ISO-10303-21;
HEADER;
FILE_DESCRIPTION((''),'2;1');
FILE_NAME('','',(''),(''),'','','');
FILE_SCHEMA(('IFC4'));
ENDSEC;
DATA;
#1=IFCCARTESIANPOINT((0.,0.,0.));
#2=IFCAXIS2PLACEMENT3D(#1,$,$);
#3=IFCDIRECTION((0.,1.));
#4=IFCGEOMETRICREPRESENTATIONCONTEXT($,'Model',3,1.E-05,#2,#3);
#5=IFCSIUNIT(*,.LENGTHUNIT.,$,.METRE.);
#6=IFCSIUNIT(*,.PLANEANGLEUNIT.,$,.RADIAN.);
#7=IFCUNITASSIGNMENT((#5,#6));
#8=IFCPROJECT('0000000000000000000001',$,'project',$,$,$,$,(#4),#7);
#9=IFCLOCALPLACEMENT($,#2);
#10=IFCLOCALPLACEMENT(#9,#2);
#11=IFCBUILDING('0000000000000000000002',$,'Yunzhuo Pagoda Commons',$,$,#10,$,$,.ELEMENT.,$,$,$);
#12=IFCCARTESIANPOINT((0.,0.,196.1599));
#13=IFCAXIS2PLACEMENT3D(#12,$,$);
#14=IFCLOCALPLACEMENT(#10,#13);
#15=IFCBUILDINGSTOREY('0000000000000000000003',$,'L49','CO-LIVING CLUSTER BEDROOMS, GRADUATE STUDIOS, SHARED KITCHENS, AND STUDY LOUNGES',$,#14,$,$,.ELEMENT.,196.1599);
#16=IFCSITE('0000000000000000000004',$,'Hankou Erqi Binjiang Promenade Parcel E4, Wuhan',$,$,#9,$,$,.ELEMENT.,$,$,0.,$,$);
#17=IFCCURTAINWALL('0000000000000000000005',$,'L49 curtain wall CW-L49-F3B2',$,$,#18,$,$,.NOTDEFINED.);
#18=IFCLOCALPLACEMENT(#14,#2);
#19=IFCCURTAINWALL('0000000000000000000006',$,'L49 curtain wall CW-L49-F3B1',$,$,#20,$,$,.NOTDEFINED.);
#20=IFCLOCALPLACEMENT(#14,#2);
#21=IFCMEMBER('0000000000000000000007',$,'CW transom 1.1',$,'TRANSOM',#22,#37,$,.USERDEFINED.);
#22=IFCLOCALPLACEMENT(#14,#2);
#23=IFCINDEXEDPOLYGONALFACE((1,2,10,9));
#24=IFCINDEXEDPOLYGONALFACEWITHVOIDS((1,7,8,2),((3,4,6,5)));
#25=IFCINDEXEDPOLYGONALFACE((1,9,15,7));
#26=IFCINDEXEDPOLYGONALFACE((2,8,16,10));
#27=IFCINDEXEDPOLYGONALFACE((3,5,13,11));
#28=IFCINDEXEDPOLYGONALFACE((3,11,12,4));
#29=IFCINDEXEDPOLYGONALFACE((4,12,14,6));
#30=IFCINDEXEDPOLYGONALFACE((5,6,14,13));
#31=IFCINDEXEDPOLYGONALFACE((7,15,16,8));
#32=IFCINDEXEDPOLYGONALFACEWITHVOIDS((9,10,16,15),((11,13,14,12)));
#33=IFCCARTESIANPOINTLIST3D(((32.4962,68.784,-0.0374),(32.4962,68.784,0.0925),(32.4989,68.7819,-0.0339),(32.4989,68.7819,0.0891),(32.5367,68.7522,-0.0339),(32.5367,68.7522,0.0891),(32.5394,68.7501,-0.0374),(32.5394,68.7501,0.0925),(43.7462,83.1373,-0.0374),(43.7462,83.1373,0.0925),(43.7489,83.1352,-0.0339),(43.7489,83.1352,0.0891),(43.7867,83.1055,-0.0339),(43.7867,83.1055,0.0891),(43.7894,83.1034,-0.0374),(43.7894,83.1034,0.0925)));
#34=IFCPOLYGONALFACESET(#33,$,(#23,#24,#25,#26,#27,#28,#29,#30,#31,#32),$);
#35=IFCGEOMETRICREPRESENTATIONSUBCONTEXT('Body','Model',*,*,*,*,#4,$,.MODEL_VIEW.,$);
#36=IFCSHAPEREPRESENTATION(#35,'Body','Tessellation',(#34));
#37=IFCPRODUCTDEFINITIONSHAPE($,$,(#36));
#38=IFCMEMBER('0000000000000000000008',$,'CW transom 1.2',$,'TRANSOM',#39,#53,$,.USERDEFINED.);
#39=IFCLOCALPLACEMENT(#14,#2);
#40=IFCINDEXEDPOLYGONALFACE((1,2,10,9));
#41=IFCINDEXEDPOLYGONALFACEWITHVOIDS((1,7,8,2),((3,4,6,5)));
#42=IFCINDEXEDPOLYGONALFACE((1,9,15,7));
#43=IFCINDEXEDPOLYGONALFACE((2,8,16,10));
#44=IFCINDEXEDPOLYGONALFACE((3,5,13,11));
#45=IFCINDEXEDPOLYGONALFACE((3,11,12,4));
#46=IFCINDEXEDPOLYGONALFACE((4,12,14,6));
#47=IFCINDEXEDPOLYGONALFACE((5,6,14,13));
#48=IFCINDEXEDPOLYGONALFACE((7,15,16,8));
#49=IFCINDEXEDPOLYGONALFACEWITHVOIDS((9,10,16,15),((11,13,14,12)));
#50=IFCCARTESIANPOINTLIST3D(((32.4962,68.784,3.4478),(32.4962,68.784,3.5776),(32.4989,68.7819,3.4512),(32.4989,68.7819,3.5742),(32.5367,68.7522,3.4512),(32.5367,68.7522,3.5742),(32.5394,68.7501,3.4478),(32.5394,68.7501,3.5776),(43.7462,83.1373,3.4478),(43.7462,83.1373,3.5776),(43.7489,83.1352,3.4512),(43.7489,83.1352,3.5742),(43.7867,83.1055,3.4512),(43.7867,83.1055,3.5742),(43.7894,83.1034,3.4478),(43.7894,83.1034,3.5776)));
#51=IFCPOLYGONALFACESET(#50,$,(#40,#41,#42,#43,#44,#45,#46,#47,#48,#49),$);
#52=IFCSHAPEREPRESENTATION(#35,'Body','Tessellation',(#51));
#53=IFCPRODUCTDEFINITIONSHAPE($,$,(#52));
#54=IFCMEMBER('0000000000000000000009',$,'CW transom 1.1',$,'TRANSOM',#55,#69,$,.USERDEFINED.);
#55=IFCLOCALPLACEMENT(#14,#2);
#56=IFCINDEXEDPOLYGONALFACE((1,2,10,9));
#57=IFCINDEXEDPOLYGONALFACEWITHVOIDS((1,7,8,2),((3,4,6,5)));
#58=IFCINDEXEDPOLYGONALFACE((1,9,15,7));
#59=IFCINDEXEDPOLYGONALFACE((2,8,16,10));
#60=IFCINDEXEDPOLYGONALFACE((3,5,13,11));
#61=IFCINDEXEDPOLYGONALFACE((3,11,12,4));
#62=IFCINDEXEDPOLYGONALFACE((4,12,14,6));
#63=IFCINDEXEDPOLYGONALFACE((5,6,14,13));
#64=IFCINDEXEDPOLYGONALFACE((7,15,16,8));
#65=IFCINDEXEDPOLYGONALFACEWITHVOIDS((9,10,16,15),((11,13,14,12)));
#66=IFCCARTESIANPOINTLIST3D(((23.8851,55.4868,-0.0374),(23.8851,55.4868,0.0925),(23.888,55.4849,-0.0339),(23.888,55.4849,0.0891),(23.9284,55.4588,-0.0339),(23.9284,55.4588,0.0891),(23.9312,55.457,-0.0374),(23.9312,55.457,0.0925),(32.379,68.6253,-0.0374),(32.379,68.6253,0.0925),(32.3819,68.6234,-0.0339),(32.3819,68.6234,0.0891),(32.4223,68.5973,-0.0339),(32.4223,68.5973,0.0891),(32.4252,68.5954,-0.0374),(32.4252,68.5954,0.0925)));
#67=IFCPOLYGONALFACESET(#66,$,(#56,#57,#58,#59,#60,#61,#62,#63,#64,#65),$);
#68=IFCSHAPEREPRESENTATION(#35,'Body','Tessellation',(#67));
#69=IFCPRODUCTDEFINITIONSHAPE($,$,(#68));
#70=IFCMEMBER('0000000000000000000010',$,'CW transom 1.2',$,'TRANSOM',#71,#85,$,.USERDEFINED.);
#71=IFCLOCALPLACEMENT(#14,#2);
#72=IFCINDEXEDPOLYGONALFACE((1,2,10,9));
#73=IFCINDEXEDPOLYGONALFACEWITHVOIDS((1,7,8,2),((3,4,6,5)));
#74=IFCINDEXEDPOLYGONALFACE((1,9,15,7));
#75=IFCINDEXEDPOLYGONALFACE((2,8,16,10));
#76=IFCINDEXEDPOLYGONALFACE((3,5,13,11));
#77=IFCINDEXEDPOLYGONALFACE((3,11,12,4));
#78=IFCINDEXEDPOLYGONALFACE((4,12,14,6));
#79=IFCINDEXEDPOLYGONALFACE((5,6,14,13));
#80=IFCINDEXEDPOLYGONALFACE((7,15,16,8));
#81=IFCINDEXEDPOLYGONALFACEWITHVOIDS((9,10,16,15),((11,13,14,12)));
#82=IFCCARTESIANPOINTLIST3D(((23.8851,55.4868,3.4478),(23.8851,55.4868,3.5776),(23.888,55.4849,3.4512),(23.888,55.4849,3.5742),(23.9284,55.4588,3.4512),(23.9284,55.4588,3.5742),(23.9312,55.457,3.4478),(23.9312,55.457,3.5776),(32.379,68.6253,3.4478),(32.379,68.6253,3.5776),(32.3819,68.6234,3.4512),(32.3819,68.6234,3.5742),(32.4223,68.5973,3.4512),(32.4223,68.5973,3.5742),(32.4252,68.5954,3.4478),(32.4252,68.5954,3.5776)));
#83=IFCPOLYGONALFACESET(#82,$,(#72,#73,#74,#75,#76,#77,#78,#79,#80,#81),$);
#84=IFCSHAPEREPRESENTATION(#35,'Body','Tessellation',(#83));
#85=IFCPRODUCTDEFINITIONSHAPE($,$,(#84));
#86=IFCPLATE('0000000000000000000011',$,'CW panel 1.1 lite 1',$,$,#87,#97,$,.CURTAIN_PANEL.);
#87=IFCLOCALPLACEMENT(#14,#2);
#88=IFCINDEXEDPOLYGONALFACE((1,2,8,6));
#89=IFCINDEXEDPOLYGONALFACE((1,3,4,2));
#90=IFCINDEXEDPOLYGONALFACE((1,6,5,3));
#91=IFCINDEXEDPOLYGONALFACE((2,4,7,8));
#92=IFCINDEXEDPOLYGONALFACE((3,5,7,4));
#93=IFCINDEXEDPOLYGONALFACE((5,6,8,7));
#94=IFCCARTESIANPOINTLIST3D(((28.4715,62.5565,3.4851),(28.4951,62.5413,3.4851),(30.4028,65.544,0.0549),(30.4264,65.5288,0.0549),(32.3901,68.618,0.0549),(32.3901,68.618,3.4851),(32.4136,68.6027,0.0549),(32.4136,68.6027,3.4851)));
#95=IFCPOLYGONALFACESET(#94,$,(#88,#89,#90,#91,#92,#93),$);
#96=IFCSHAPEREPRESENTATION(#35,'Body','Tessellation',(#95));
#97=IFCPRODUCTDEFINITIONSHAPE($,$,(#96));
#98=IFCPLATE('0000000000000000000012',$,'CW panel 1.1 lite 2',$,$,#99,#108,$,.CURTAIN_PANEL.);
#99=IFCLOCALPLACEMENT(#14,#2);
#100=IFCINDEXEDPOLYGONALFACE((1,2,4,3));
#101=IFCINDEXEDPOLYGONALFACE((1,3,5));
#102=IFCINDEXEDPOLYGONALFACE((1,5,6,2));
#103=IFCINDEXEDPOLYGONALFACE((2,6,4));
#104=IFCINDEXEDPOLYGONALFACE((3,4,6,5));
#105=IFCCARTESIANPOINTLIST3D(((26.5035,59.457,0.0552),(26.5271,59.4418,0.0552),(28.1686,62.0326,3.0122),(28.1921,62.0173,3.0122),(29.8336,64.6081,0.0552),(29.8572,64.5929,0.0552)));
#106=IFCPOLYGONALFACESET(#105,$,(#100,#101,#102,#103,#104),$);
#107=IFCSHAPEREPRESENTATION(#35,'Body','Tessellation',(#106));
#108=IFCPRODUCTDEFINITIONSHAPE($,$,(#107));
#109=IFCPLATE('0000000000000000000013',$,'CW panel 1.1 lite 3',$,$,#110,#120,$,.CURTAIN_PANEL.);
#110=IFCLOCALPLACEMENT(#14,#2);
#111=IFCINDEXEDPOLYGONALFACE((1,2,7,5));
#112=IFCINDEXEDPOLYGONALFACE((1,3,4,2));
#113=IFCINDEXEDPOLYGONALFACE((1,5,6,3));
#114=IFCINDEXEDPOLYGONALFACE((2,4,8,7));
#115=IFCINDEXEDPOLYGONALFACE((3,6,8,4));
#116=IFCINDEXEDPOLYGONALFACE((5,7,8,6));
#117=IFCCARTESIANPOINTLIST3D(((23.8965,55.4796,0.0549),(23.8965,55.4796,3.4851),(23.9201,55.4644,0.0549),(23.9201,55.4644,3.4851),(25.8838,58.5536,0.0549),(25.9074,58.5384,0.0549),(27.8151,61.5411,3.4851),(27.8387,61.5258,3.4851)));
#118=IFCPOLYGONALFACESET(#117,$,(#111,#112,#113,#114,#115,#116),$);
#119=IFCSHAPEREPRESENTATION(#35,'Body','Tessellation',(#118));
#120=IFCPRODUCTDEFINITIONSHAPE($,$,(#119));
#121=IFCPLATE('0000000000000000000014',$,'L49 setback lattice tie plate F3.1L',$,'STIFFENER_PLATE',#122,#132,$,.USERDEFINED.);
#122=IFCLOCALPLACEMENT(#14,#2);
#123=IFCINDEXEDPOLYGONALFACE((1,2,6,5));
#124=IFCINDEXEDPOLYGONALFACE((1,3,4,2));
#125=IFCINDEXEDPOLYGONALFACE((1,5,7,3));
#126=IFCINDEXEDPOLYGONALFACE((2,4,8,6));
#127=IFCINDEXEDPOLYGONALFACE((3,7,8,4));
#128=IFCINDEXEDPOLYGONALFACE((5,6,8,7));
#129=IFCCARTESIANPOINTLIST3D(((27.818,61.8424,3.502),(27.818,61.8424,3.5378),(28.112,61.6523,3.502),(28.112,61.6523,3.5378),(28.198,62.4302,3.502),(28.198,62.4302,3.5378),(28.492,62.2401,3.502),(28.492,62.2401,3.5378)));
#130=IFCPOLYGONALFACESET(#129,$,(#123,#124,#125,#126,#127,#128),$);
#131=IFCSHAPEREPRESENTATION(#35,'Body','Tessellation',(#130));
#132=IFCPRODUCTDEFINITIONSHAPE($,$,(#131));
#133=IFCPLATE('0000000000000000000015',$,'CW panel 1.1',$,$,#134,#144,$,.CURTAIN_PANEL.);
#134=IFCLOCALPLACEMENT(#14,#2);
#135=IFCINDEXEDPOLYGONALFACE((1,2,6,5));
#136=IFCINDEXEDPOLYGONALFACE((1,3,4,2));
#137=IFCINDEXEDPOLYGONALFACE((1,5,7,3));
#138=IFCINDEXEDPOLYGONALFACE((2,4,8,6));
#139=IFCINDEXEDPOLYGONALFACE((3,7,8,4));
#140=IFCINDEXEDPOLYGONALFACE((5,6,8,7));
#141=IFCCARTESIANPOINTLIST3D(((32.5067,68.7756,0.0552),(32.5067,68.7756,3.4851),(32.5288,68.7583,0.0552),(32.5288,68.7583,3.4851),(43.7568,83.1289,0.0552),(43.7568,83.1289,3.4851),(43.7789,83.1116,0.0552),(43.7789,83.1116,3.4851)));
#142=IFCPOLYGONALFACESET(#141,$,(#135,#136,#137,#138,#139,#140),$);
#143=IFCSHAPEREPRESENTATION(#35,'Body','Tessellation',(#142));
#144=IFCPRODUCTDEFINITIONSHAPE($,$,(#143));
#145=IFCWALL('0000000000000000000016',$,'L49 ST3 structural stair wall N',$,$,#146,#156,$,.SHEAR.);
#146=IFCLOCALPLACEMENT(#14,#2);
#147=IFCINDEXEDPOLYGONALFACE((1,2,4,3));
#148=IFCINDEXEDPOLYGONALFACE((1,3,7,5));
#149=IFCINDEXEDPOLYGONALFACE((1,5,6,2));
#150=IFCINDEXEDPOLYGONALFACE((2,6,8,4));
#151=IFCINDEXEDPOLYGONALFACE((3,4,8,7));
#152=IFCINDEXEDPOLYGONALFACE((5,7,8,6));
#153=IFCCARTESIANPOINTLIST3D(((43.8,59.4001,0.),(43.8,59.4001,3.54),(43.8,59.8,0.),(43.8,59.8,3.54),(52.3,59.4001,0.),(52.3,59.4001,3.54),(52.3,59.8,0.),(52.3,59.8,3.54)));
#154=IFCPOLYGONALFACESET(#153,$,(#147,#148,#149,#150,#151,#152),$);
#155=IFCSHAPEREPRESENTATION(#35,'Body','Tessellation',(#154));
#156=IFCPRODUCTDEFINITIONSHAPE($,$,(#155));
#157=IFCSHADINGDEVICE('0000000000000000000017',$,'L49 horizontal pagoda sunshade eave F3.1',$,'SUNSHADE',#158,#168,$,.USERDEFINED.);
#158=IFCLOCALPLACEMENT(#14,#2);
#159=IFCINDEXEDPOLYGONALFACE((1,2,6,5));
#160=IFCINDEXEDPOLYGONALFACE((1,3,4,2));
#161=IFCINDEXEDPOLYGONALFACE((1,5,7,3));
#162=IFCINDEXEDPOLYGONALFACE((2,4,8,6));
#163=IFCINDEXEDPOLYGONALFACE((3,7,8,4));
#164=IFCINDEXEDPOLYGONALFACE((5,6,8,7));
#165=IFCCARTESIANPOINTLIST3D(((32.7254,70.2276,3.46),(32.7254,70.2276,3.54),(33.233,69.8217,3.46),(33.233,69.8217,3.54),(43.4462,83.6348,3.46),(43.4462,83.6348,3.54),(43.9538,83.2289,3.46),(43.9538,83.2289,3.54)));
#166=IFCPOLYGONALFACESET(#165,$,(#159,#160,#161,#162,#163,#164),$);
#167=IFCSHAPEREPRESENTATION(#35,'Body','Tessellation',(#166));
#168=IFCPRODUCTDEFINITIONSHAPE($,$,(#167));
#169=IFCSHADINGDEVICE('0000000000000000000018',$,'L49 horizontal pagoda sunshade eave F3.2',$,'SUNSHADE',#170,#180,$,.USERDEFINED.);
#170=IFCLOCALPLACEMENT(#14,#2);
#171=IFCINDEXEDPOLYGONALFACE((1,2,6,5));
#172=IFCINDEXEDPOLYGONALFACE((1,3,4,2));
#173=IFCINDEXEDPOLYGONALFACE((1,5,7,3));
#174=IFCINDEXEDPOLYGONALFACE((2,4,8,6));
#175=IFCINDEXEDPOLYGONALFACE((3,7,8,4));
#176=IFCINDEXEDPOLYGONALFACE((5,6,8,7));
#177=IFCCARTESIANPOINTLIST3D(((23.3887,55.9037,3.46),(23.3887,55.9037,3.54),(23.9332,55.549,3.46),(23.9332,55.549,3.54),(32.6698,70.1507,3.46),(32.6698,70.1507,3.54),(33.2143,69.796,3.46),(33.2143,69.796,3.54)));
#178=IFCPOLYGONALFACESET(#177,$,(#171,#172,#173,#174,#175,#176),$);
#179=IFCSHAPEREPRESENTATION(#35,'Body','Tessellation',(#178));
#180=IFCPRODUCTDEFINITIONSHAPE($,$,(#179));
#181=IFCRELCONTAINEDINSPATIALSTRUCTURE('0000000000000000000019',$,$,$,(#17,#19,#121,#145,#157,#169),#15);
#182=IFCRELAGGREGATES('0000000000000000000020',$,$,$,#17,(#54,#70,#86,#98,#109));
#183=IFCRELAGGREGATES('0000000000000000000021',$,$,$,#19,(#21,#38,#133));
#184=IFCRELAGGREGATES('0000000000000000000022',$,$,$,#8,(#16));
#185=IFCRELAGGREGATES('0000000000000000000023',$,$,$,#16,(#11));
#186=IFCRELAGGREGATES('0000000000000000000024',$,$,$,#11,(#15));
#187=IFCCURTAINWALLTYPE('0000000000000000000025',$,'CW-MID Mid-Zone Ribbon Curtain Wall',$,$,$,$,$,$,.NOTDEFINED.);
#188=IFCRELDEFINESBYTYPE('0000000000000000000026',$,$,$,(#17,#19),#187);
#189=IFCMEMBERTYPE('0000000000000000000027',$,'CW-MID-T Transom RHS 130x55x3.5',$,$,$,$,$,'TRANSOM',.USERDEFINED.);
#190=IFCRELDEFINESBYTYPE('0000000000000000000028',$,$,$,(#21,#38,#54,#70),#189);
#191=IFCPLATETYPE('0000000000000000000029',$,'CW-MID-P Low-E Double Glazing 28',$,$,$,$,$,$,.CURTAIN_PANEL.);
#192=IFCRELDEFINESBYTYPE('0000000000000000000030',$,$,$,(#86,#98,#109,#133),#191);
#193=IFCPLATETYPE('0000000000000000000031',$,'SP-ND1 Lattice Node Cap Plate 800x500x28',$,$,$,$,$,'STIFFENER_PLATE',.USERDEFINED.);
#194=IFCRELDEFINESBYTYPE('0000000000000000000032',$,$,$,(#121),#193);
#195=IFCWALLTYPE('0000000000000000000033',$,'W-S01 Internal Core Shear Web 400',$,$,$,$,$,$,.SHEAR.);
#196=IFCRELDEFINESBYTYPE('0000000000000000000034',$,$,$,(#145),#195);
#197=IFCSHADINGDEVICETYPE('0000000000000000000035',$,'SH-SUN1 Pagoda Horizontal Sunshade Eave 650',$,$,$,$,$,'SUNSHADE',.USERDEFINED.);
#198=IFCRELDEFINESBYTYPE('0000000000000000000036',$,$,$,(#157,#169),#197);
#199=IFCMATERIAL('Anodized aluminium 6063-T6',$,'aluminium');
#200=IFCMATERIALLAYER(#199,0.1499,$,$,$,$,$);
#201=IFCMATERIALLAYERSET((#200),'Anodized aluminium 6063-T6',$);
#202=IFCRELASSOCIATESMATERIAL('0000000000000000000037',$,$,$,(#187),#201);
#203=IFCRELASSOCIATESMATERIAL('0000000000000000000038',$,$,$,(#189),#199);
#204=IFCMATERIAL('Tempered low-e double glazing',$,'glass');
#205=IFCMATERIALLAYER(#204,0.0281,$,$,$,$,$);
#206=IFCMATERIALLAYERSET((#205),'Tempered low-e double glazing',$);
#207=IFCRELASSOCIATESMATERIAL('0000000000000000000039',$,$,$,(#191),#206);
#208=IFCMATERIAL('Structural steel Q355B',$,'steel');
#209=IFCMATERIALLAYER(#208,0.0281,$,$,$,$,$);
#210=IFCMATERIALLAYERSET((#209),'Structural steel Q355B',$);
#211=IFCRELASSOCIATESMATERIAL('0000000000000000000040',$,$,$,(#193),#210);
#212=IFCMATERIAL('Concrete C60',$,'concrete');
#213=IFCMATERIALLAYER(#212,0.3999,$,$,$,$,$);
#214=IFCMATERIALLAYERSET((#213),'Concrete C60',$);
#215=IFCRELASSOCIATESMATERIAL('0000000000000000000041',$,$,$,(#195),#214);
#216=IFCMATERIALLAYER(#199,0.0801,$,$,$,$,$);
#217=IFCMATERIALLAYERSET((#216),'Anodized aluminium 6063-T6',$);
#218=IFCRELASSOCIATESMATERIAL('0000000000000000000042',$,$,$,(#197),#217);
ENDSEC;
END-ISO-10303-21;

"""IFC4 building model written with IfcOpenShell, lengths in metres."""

from ifc_helpers import new_model, si_unit, direction, frame, frame_2d, origin, origin_2d, place, context, subcontext, project, spatial, polyline, rectangle, hollow_rectangle, outline, extrude, source, transform, mapped, material, layer, layer_set, material_profile, profile_set, type_object, element, aggregate, save


model = new_model("IFC4")

# Units and contexts
model_context = context("Model", 3, precision=1e-05, world=origin(), true_north=direction((0.0, 1.0)))
body_context = subcontext(model_context, "Body", "Model", "MODEL_VIEW")
ifc_project = project(units=[si_unit("LENGTHUNIT", "METRE"), si_unit("PLANEANGLEUNIT", "RADIAN")], contexts=[model_context])

# Site, building, storey
site_placement = place(None, origin())
site = spatial("IfcSite", under=ifc_project, at=site_placement, Name="Hankou Erqi Binjiang Promenade Parcel E4, Wuhan", CompositionType="ELEMENT", RefElevation=0.0)
building_placement = place(site_placement, origin())
building = spatial("IfcBuilding", under=site, at=building_placement, Name="Yunzhuo Pagoda Commons", CompositionType="ELEMENT")
storey_placement = place(building_placement, frame((0.0, 0.0, 196.1599)))
storey = spatial("IfcBuildingStorey", under=building, at=storey_placement, Name="L49", Description="CO-LIVING CLUSTER BEDROOMS, GRADUATE STUDIOS, SHARED KITCHENS, AND STUDY LOUNGES", CompositionType="ELEMENT", Elevation=196.1599)

# Shared definitions
ifc_material_1 = material(Name="Structural steel Q355B", Category="steel")

# Curtain wall
ifc_material_2 = material(Name="Anodized aluminium 6063-T6", Category="aluminium")
ifc_layer_1 = layer(ifc_material_2, 0.1499)
ifc_layer_set_1 = layer_set([ifc_layer_1], Name="Anodized aluminium 6063-T6")
curtain_wall_type = type_object("IfcCurtainWallType", Name="CW-MID Mid-Zone Ribbon Curtain Wall", PredefinedType="NOTDEFINED", material=ifc_layer_set_1)
curtain_wall_1_placement = place(storey_placement, origin())
curtain_wall_1 = element("IfcCurtainWall", 1, at=curtain_wall_1_placement, inside=storey, type_object=curtain_wall_type, Name="L49 curtain wall CW-L49-F3B2", PredefinedType="NOTDEFINED")

# Curtain wall, members
curtain_wall_2_placement = place(storey_placement, origin())
curtain_wall_2 = element("IfcCurtainWall", 2, at=curtain_wall_2_placement, inside=storey, type_object=curtain_wall_type, Name="L49 curtain wall CW-L49-F3B1", PredefinedType="NOTDEFINED")
ifc_material_profile_1 = material_profile(ifc_material_2, hollow_rectangle(XDim=0.0549, YDim=0.1299, WallThickness=0.0034, at=origin_2d()), Name="Anodized aluminium 6063-T6")
ifc_profile_set_1 = profile_set([ifc_material_profile_1], Name="Anodized aluminium 6063-T6")
member_type_1 = type_object("IfcMemberType", Name="CW-MID-T Transom RHS 130x55x3.5", ElementType="TRANSOM", PredefinedType="USERDEFINED", material=ifc_profile_set_1)
shared_shape_1 = source(origin(), body_context, "Body", "SweptSolid", [
    extrude(hollow_rectangle(XDim=0.0549, YDim=0.1299, WallThickness=0.0034, at=origin_2d()), origin(), (0.0, 0.0, 1.0), 18.2368),
])
member_1_placement = place(storey_placement, frame((43.7678, 83.1204, 0.0276), z_axis=(-0.616886, -0.787052, 0.0), x_axis=(0.787052, -0.616886, 0.0)))
member_1 = element("IfcMember", 3, at=member_1_placement, type_object=member_type_1, Name="CW transom 1.1", ObjectType="TRANSOM", PredefinedType="USERDEFINED", context=body_context, shape_type="MappedRepresentation", body=[
    mapped(shared_shape_1, transform((0.0, 0.0, 0.0), scale=1.0)),
])
member_2_placement = place(storey_placement, frame((43.7678, 83.1204, 3.5127), z_axis=(-0.616886, -0.787052, 0.0), x_axis=(0.787052, -0.616886, 0.0)))
member_2 = element("IfcMember", 4, at=member_2_placement, type_object=member_type_1, Name="CW transom 1.2", ObjectType="TRANSOM", PredefinedType="USERDEFINED", context=body_context, shape_type="MappedRepresentation", body=[
    mapped(shared_shape_1, transform((0.0, 0.0, 0.0), scale=1.0)),
])

# Members
shared_shape_2 = source(origin(), body_context, "Body", "SweptSolid", [
    extrude(hollow_rectangle(XDim=0.0549, YDim=0.1299, WallThickness=0.0034, at=origin_2d()), origin(), (0.0, 0.0, 1.0), 15.645),
])
member_3_placement = place(storey_placement, frame((32.4021, 68.6104, 0.0276), z_axis=(-0.542916, -0.839787, 0.0), x_axis=(0.839787, -0.542916, 0.0)))
member_3 = element("IfcMember", 5, at=member_3_placement, type_object=member_type_1, Name="CW transom 1.1", ObjectType="TRANSOM", PredefinedType="USERDEFINED", context=body_context, shape_type="MappedRepresentation", body=[
    mapped(shared_shape_2, transform((0.0, 0.0, 0.0), scale=1.0)),
])
member_4_placement = place(storey_placement, frame((32.4021, 68.6104, 3.5127), z_axis=(-0.542916, -0.839787, 0.0), x_axis=(0.839787, -0.542916, 0.0)))
member_4 = element("IfcMember", 6, at=member_4_placement, type_object=member_type_1, Name="CW transom 1.2", ObjectType="TRANSOM", PredefinedType="USERDEFINED", context=body_context, shape_type="MappedRepresentation", body=[
    mapped(shared_shape_2, transform((0.0, 0.0, 0.0), scale=1.0)),
])

# Plates
ifc_material_3 = material(Name="Tempered low-e double glazing", Category="glass")
ifc_layer_2 = layer(ifc_material_3, 0.0281)
ifc_layer_set_2 = layer_set([ifc_layer_2], Name="Tempered low-e double glazing")
plate_type_1 = type_object("IfcPlateType", Name="CW-MID-P Low-E Double Glazing 28", PredefinedType="CURTAIN_PANEL", material=ifc_layer_set_2)
plate_1_placement = place(storey_placement, frame((30.4543, 65.572, 1.77), z_axis=(-0.839794, 0.542905, 0.0), x_axis=(-0.542905, -0.839794, 0.0)))
plate_1 = element("IfcPlate", 7, at=plate_1_placement, type_object=plate_type_1, Name="CW panel 1.1 lite 1", PredefinedType="CURTAIN_PANEL", context=body_context, shape_type="SweptSolid", body=[
    extrude(outline(polyline([(-3.6089, -1.7151), (0.0515, -1.7151), (3.6089, 1.7151), (-3.6089, 1.7151), (-3.6089, -1.7151)])), origin(), (0.0, 0.0, 1.0), 0.0281),
])
plate_2_placement = place(storey_placement, frame((28.1921, 62.0173, 1.5337), z_axis=(-0.839794, 0.542905, 0.0), x_axis=(-0.542905, -0.839794, 0.0)))
plate_2 = element("IfcPlate", 8, at=plate_2_placement, type_object=plate_type_1, Name="CW panel 1.1 lite 2", PredefinedType="CURTAIN_PANEL", context=body_context, shape_type="SweptSolid", body=[
    extrude(outline(polyline([(-3.0669, -1.4785), (3.0669, -1.4785), (0.0, 1.4785), (-3.0669, -1.4785)])), origin(), (0.0, 0.0, 1.0), 0.0281),
])
plate_3_placement = place(storey_placement, frame((25.8794, 58.4951, 1.77), z_axis=(-0.839794, 0.542905, 0.0), x_axis=(-0.542905, -0.839794, 0.0)))
plate_3 = element("IfcPlate", 9, at=plate_3_placement, type_object=plate_type_1, Name="CW panel 1.1 lite 3", PredefinedType="CURTAIN_PANEL", context=body_context, shape_type="SweptSolid", body=[
    extrude(outline(polyline([(-3.6089, 1.7151), (-0.0515, -1.7151), (3.6089, -1.7151), (3.6089, 1.7151), (-3.6089, 1.7151)])), origin(), (0.0, 0.0, 1.0), 0.0281),
])
aggregate(curtain_wall_1, [member_3, member_4, plate_1, plate_2, plate_3])
ifc_layer_3 = layer(ifc_material_1, 0.0281)
ifc_layer_set_3 = layer_set([ifc_layer_3], Name="Structural steel Q355B")
plate_type_2 = type_object("IfcPlateType", Name="SP-ND1 Lattice Node Cap Plate 800x500x28", ElementType="STIFFENER_PLATE", PredefinedType="USERDEFINED", material=ifc_layer_set_3)
shared_shape_3 = source(origin(), body_context, "Body", "SweptSolid", [
    extrude(rectangle(XDim=0.7, YDim=0.3501, at=origin_2d()), origin(), (0.0, 0.0, 1.0), 0.0359),
])
plate_4_placement = place(storey_placement, frame((28.155, 62.0413, 3.502), z_axis=(0.0, 0.0, 1.0), x_axis=(-0.542911, -0.83979, 0.0)))
element("IfcPlate", 10, at=plate_4_placement, inside=storey, type_object=plate_type_2, Name="L49 setback lattice tie plate F3.1L", ObjectType="STIFFENER_PLATE", PredefinedType="USERDEFINED", context=body_context, shape_type="MappedRepresentation", body=[
    mapped(shared_shape_3, transform((0.0, 0.0, 0.0), scale=1.0)),
])
shared_shape_4 = source(origin(), body_context, "Body", "SweptSolid", [
    extrude(rectangle(XDim=18.2368, YDim=0.0281, at=origin_2d()), origin(), (0.0, 0.0, 1.0), 3.4299),
])
plate_5_placement = place(storey_placement, frame((38.1428, 75.9436, 0.0552), z_axis=(0.0, 0.0, 1.0), x_axis=(-0.616889, -0.78705, 0.0)))
plate_5 = element("IfcPlate", 11, at=plate_5_placement, type_object=plate_type_1, Name="CW panel 1.1", PredefinedType="CURTAIN_PANEL", context=body_context, shape_type="MappedRepresentation", body=[
    mapped(shared_shape_4, transform((0.0, 0.0, 0.0), scale=1.0)),
])
aggregate(curtain_wall_2, [member_1, member_2, plate_5])

# Wall
ifc_material_4 = material(Name="Concrete C60", Category="concrete")
ifc_layer_4 = layer(ifc_material_4, 0.3999)
ifc_layer_set_4 = layer_set([ifc_layer_4], Name="Concrete C60")
wall_type = type_object("IfcWallType", Name="W-S01 Internal Core Shear Web 400", PredefinedType="SHEAR", material=ifc_layer_set_4)
wall_placement = place(storey_placement, frame((43.8, 59.6001, 0.0), z_axis=(0.0, 0.0, 1.0), x_axis=(1.0, 0.0, 0.0)))
element("IfcWall", 12, at=wall_placement, inside=storey, type_object=wall_type, Name="L49 ST3 structural stair wall N", PredefinedType="SHEAR", context=body_context, shape_type="SweptSolid", body=[
    extrude(rectangle(XDim=8.5, YDim=0.3999, at=frame_2d((4.25, 0.0))), origin(), (0.0, 0.0, 1.0), 3.54),
])

# Shading devices
ifc_layer_5 = layer(ifc_material_2, 0.0801)
ifc_layer_set_5 = layer_set([ifc_layer_5], Name="Anodized aluminium 6063-T6")
shading_device_type = type_object("IfcShadingDeviceType", Name="SH-SUN1 Pagoda Horizontal Sunshade Eave 650", ElementType="SUNSHADE", PredefinedType="USERDEFINED", material=ifc_layer_set_5)
shared_shape_5 = source(origin(), body_context, "Body", "SweptSolid", [
    extrude(rectangle(XDim=17.1665, YDim=0.6499, at=origin_2d()), origin(), (0.0, 0.0, 1.0), 0.0801),
])
shading_device_1_placement = place(storey_placement, frame((38.3396, 76.7283, 3.46), z_axis=(0.0, 0.0, 1.0), x_axis=(-0.62452, -0.781008, 0.0)))
element("IfcShadingDevice", 13, at=shading_device_1_placement, inside=storey, type_object=shading_device_type, Name="L49 horizontal pagoda sunshade eave F3.1", ObjectType="SUNSHADE", PredefinedType="USERDEFINED", context=body_context, shape_type="MappedRepresentation", body=[
    mapped(shared_shape_5, transform((0.0, 0.0, 0.0), scale=1.0)),
])
shared_shape_6 = source(origin(), body_context, "Body", "SweptSolid", [
    extrude(rectangle(XDim=17.0034, YDim=0.6499, at=origin_2d()), origin(), (0.0, 0.0, 1.0), 0.0801),
])
shading_device_2_placement = place(storey_placement, frame((28.3015, 62.8499, 3.46), z_axis=(0.0, 0.0, 1.0), x_axis=(-0.545839, -0.83789, 0.0)))
element("IfcShadingDevice", 14, at=shading_device_2_placement, inside=storey, type_object=shading_device_type, Name="L49 horizontal pagoda sunshade eave F3.2", ObjectType="SUNSHADE", PredefinedType="USERDEFINED", context=body_context, shape_type="MappedRepresentation", body=[
    mapped(shared_shape_6, transform((0.0, 0.0, 0.0), scale=1.0)),
])

save(model, "model.ifc")
